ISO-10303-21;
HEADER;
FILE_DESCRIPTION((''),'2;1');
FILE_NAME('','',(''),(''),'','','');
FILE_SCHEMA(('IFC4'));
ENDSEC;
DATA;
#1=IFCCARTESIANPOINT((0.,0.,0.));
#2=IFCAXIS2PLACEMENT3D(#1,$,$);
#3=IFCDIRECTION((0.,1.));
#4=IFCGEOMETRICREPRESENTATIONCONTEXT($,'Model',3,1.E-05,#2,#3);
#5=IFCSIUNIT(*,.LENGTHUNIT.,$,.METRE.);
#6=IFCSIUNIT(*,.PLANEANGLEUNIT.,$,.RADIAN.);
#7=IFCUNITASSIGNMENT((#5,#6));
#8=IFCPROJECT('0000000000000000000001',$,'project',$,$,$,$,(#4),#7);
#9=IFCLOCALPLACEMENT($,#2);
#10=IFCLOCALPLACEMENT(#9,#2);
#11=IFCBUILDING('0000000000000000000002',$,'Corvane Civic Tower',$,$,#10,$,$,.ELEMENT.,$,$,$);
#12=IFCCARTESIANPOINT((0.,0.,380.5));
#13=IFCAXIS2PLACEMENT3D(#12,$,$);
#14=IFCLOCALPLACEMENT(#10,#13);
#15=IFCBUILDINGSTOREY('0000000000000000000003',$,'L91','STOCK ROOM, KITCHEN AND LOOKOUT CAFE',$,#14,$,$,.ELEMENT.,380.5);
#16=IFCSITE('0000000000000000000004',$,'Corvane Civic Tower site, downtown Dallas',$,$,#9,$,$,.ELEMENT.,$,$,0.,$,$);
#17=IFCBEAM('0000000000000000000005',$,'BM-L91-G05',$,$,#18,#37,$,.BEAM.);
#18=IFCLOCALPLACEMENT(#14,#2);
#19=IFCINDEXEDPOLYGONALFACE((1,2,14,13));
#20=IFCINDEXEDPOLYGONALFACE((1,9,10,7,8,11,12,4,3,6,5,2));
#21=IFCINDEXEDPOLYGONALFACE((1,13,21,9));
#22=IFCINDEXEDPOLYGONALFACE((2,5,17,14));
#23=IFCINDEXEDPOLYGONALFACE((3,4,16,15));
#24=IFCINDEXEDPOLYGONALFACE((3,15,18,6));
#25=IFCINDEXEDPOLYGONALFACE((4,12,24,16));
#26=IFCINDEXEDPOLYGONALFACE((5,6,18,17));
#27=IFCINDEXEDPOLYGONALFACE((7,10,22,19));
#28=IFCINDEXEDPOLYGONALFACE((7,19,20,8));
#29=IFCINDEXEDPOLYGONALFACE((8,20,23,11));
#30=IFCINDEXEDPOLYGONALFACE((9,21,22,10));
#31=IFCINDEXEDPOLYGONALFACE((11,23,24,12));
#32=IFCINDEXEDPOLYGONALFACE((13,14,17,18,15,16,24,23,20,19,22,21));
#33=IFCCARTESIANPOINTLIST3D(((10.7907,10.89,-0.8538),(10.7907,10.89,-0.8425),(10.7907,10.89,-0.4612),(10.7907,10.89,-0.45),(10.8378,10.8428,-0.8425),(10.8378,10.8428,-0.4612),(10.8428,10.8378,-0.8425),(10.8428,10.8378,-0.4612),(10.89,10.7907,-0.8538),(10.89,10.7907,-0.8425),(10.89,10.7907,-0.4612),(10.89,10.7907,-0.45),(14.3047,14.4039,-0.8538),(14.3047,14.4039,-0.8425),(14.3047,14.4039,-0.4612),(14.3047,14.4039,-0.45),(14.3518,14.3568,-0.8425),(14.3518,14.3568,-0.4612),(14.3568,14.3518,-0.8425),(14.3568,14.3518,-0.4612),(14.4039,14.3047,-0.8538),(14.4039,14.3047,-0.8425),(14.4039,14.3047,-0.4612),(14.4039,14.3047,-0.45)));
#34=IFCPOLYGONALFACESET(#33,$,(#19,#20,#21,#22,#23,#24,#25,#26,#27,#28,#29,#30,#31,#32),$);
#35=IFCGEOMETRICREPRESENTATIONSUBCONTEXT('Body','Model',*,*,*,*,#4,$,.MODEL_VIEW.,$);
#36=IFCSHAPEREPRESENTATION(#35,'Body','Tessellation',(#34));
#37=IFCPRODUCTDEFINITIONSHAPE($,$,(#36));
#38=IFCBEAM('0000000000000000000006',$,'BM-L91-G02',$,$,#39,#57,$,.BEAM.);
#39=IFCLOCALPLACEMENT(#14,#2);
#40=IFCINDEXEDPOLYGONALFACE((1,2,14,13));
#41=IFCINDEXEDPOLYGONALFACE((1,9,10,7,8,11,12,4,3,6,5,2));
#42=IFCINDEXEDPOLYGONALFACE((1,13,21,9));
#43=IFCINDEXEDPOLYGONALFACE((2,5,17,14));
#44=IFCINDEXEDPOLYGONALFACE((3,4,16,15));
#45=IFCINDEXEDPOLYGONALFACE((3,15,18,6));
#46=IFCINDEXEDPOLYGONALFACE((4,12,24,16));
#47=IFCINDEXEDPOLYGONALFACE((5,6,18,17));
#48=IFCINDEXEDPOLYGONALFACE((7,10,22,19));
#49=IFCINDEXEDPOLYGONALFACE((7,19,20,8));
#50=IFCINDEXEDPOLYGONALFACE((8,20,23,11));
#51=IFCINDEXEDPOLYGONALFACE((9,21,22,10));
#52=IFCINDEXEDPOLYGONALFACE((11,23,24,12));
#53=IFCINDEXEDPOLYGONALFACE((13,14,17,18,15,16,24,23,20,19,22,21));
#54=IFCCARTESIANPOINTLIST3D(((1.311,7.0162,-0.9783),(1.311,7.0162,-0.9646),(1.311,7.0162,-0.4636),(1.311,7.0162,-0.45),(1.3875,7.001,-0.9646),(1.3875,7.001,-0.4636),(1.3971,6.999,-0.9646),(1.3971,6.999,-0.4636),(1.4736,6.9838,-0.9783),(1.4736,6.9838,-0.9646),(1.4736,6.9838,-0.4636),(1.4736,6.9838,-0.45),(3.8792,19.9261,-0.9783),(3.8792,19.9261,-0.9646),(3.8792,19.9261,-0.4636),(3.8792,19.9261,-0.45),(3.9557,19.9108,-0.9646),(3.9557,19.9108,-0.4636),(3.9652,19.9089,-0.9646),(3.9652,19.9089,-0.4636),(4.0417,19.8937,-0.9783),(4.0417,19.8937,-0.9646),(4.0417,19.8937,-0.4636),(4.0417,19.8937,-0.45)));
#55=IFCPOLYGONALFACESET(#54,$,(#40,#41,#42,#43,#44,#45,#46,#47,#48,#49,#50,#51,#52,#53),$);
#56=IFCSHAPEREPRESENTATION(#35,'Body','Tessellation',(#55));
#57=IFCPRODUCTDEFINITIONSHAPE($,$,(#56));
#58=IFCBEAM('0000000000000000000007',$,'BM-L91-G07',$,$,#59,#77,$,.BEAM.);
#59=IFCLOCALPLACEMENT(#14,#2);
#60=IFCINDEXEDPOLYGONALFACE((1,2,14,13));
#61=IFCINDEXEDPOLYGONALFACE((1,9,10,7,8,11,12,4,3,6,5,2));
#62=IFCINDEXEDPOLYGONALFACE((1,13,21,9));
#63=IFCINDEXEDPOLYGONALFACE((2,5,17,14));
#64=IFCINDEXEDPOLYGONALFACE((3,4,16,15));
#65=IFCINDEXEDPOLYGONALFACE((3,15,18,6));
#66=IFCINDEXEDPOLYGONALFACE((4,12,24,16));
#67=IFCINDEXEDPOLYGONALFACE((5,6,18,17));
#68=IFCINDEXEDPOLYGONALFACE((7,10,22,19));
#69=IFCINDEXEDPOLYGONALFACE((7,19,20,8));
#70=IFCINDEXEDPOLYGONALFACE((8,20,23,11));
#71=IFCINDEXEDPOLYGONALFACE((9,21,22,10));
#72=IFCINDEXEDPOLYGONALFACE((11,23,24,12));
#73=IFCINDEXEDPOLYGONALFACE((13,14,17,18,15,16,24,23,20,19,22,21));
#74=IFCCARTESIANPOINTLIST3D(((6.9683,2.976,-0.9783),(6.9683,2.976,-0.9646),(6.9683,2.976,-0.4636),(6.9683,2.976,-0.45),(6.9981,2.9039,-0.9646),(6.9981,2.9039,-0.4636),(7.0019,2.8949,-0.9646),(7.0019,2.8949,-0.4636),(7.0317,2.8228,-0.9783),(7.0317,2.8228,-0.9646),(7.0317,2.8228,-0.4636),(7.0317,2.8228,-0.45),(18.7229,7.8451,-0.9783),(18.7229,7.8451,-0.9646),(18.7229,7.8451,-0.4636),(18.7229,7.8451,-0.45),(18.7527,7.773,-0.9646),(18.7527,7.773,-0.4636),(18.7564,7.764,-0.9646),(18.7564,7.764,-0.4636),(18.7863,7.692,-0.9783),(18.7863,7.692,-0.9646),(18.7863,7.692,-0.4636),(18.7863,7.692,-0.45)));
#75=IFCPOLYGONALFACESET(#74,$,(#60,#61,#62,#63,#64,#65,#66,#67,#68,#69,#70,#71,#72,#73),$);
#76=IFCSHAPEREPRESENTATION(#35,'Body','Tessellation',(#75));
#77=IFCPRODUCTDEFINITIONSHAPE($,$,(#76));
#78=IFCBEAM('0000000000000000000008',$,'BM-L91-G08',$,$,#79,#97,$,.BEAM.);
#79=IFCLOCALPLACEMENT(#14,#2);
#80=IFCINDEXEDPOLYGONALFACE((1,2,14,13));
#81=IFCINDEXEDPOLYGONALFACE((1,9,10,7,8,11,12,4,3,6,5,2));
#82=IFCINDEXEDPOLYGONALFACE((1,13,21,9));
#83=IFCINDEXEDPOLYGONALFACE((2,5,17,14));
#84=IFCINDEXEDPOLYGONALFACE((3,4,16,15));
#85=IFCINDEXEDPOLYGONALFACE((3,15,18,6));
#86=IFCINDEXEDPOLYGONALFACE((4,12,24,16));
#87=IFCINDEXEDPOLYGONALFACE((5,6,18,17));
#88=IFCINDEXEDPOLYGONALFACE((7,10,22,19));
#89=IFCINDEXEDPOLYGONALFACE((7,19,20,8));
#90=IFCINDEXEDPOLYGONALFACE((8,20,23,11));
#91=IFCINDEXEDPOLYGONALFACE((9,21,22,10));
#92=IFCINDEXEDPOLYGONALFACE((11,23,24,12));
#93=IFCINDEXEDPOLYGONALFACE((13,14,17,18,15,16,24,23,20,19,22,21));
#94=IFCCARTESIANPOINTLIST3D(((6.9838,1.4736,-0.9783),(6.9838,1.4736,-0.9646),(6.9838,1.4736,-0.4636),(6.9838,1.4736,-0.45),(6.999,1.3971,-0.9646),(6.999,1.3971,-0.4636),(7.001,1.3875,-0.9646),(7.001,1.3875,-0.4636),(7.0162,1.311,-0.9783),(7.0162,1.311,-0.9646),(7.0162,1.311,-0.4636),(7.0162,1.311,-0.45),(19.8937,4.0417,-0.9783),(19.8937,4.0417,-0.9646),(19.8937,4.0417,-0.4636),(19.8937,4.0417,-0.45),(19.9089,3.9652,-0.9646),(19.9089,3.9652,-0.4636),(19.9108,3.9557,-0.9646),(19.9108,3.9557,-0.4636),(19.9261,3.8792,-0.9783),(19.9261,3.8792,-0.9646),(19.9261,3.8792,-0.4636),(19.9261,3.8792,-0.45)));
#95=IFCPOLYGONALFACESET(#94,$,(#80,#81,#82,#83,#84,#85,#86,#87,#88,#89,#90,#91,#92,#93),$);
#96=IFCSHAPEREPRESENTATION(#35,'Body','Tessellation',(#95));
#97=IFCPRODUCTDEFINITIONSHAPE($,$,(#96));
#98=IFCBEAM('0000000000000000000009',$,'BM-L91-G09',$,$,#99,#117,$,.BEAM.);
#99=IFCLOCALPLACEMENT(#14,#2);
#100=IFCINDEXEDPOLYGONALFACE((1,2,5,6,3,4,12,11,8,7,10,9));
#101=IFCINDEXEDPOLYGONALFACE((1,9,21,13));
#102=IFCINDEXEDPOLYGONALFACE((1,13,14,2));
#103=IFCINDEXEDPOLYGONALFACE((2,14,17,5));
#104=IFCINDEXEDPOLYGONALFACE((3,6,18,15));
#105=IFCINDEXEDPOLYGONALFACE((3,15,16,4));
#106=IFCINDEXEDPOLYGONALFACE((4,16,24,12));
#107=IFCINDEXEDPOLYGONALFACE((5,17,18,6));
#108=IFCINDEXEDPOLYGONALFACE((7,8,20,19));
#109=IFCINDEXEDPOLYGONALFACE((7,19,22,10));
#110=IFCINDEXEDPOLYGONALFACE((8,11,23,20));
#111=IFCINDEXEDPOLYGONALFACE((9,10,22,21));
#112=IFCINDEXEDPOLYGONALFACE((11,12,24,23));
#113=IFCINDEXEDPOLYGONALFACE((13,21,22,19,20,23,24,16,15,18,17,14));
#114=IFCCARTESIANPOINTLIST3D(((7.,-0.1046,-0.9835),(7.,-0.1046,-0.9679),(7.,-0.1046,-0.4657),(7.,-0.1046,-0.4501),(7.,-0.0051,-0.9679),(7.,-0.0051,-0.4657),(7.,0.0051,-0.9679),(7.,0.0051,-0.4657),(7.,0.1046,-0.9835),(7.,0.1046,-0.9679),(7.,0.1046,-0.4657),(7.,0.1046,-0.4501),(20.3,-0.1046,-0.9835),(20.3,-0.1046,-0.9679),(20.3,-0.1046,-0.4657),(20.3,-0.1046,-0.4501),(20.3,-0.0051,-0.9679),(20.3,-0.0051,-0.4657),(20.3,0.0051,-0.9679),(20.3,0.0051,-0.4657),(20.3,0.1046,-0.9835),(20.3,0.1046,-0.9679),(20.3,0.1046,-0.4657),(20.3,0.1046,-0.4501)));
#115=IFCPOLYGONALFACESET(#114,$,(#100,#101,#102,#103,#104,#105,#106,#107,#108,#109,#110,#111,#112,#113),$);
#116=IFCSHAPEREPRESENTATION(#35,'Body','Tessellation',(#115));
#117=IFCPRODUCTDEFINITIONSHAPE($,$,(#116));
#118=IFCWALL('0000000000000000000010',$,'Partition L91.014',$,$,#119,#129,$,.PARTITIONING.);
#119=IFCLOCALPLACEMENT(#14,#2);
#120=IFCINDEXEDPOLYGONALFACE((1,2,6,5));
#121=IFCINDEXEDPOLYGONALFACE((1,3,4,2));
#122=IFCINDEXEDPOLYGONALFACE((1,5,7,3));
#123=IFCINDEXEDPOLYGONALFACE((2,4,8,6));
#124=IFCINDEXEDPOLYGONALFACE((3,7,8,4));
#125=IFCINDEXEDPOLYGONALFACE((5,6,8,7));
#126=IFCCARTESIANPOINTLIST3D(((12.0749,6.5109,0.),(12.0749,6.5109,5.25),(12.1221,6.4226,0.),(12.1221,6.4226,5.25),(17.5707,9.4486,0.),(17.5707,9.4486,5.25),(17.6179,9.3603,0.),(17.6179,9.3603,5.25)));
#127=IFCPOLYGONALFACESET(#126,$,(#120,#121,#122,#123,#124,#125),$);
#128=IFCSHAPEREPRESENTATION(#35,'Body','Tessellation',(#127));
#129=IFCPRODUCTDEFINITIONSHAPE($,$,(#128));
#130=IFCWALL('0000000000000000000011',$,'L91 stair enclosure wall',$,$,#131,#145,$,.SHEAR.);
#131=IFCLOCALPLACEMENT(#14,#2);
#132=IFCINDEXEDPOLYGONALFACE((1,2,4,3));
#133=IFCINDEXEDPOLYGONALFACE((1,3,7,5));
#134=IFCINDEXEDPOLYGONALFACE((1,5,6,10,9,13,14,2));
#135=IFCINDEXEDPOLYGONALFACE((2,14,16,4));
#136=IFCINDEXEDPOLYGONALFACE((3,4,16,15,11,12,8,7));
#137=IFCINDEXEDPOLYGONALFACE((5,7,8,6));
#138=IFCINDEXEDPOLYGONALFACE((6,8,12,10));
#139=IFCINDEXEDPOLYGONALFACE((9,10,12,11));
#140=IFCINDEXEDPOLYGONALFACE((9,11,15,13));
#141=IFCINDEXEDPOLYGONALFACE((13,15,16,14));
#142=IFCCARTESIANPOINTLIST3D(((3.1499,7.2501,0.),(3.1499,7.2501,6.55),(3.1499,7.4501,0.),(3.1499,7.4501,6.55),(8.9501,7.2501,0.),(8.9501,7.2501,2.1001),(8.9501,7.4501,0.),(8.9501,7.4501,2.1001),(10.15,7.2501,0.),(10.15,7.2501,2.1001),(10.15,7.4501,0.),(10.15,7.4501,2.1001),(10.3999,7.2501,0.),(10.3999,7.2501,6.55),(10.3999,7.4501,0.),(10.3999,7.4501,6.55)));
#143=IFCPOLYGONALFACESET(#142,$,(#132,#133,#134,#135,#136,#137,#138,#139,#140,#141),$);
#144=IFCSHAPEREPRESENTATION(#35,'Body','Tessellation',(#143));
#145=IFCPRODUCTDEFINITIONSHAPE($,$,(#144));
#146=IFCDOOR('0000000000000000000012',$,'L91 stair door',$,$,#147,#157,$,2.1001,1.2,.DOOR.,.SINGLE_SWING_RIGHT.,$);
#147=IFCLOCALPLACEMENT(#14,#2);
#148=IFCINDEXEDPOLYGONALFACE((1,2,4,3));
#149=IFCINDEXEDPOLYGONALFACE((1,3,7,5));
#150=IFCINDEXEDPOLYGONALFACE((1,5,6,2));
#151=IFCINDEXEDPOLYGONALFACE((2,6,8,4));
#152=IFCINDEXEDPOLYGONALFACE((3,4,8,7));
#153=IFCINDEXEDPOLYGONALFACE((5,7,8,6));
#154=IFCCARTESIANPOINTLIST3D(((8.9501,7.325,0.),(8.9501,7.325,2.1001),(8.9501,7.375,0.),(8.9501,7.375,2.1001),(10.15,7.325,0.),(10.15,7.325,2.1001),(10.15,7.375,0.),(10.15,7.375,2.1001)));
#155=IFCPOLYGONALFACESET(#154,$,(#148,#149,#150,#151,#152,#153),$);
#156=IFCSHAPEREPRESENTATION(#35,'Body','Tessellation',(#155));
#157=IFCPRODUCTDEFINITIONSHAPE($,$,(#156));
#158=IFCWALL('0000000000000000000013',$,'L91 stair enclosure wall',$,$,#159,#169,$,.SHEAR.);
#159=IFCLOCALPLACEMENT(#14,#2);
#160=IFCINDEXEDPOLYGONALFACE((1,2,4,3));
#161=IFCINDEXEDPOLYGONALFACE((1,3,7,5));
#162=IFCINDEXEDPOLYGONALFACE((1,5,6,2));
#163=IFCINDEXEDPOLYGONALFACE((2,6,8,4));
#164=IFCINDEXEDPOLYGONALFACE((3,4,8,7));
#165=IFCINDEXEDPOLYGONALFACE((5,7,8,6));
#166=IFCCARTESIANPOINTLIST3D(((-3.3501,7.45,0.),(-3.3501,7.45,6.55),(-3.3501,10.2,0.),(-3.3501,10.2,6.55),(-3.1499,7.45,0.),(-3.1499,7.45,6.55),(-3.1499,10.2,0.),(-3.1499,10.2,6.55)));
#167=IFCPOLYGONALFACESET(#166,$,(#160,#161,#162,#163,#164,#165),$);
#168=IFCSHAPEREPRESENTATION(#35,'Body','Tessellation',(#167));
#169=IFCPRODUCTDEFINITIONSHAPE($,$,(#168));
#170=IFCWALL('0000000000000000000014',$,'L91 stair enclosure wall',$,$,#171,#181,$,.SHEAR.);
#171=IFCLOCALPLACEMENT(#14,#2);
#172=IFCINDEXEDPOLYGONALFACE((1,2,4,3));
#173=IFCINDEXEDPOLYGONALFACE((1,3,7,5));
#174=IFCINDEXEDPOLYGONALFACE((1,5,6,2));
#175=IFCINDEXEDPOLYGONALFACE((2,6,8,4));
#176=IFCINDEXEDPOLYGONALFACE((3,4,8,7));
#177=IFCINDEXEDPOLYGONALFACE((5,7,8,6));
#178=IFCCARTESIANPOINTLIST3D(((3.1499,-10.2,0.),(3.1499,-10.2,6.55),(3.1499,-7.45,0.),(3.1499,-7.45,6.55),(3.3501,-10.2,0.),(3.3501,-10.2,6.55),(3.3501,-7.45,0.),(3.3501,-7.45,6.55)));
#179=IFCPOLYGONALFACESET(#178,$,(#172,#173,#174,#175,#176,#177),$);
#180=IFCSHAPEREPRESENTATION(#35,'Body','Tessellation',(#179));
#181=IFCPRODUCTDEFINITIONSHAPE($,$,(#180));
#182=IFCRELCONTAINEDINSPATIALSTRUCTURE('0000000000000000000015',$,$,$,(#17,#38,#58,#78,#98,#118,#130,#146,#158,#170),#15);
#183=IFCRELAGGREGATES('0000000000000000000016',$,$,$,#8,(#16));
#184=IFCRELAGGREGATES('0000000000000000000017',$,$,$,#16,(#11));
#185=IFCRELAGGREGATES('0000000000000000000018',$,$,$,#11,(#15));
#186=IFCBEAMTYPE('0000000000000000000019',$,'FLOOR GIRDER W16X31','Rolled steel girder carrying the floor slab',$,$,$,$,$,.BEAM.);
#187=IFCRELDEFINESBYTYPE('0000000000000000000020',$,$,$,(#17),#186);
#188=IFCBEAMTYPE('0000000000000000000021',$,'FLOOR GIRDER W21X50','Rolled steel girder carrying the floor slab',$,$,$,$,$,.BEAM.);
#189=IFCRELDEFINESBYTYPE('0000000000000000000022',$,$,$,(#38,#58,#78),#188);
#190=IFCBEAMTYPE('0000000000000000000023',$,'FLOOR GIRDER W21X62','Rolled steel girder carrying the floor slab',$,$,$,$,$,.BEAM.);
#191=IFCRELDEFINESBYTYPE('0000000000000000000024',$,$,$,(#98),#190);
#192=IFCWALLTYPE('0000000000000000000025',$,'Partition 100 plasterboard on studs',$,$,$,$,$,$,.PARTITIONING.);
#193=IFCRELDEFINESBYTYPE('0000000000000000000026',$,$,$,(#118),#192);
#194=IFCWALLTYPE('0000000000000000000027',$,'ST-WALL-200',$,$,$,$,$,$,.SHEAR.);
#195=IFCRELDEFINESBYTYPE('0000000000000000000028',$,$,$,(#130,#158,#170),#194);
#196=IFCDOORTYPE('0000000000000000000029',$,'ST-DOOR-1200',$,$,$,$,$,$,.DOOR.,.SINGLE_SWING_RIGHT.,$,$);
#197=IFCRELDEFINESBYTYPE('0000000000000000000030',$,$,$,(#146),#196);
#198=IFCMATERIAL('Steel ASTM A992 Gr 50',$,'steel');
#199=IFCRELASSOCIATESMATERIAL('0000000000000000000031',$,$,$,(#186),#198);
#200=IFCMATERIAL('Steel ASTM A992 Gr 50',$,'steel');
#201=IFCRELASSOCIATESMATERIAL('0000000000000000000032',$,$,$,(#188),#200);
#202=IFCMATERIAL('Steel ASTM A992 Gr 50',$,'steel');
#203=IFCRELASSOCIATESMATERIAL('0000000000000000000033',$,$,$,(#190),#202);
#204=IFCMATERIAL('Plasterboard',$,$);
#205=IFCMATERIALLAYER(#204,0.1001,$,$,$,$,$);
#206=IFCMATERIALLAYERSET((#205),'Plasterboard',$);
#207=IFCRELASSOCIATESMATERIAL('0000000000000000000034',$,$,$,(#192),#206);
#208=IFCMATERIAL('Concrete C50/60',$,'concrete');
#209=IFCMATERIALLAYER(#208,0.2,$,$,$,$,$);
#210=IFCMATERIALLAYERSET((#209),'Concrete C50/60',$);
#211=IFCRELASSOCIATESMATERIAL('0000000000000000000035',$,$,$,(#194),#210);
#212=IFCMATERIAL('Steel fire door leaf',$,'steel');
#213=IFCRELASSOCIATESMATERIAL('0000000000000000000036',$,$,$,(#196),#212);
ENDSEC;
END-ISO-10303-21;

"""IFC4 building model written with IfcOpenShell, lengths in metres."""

from ifc_helpers import new_model, si_unit, direction, frame, frame_2d, origin, origin_2d, place, context, subcontext, project, spatial, polyline, rectangle, i_section, outline, extrude, material, layer, layer_set, material_profile, profile_set, type_object, element, fill, save


model = new_model("IFC4")

# Units and contexts
model_context = context("Model", 3, precision=1e-05, world=origin(), true_north=direction((0.0, 1.0)))
body_context = subcontext(model_context, "Body", "Model", "MODEL_VIEW")
ifc_project = project(units=[si_unit("LENGTHUNIT", "METRE"), si_unit("PLANEANGLEUNIT", "RADIAN")], contexts=[model_context])

# Site, building, storey
site_placement = place(None, origin())
site = spatial("IfcSite", under=ifc_project, at=site_placement, Name="Corvane Civic Tower site, downtown Dallas", CompositionType="ELEMENT", RefElevation=0.0)
building_placement = place(site_placement, origin())
building = spatial("IfcBuilding", under=site, at=building_placement, Name="Corvane Civic Tower", CompositionType="ELEMENT")
storey_placement = place(building_placement, frame((0.0, 0.0, 380.5)))
storey = spatial("IfcBuildingStorey", under=building, at=storey_placement, Name="L91", Description="STOCK ROOM, KITCHEN AND LOOKOUT CAFE", CompositionType="ELEMENT", Elevation=380.5)

# Beams
ifc_material_1 = material(Name="Steel ASTM A992 Gr 50", Category="steel")
ifc_material_profile_1 = material_profile(ifc_material_1, i_section(OverallWidth=0.1404, OverallDepth=0.4038, WebThickness=0.0071, FlangeThickness=0.0112, at=origin_2d()), Name="W16X31")
ifc_profile_set_1 = profile_set([ifc_material_profile_1], Name="Steel ASTM A992 Gr 50")
beam_type_1 = type_object("IfcBeamType", Name="FLOOR GIRDER W16X31", Description="Rolled steel girder carrying the floor slab", PredefinedType="BEAM", material=ifc_profile_set_1)
beam_1_placement = place(storey_placement, frame((10.8403, 10.8403, -0.6519), z_axis=(0.707107, 0.707107, 0.0), x_axis=(-0.707107, 0.707107, 0.0)))
element("IfcBeam", 1, at=beam_1_placement, inside=storey, type_object=beam_type_1, Name="BM-L91-G05", PredefinedType="BEAM", context=body_context, shape_type="SweptSolid", body=[
    extrude(i_section(OverallWidth=0.1404, OverallDepth=0.4038, WebThickness=0.0071, FlangeThickness=0.0112, at=origin_2d()), origin(), (0.0, 0.0, 1.0), 4.9695),
])
ifc_material_2 = material(Name="Steel ASTM A992 Gr 50", Category="steel")
ifc_material_profile_2 = material_profile(ifc_material_2, i_section(OverallWidth=0.1658, OverallDepth=0.5283, WebThickness=0.0098, FlangeThickness=0.0137, at=origin_2d()), Name="W21X50")
ifc_profile_set_2 = profile_set([ifc_material_profile_2], Name="Steel ASTM A992 Gr 50")
beam_type_2 = type_object("IfcBeamType", Name="FLOOR GIRDER W21X50", Description="Rolled steel girder carrying the floor slab", PredefinedType="BEAM", material=ifc_profile_set_2)
beam_2_placement = place(storey_placement, frame((1.3923, 7.0, -0.7141), z_axis=(0.195103, 0.980783, 0.0), x_axis=(-0.980783, 0.195103, 0.0)))
element("IfcBeam", 2, at=beam_2_placement, inside=storey, type_object=beam_type_2, Name="BM-L91-G02", PredefinedType="BEAM", context=body_context, shape_type="SweptSolid", body=[
    extrude(i_section(OverallWidth=0.1658, OverallDepth=0.5283, WebThickness=0.0098, FlangeThickness=0.0137, at=origin_2d()), origin(), (0.0, 0.0, 1.0), 13.1628),
])
beam_3_placement = place(storey_placement, frame((7.0, 2.8994, -0.7141), z_axis=(0.923874, 0.382698, 0.0), x_axis=(-0.382698, 0.923874, 0.0)))
element("IfcBeam", 3, at=beam_3_placement, inside=storey, type_object=beam_type_2, Name="BM-L91-G07", PredefinedType="BEAM", context=body_context, shape_type="SweptSolid", body=[
    extrude(i_section(OverallWidth=0.1658, OverallDepth=0.5283, WebThickness=0.0098, FlangeThickness=0.0137, at=origin_2d()), origin(), (0.0, 0.0, 1.0), 12.7231),
])
beam_4_placement = place(storey_placement, frame((7.0, 1.3923, -0.7141), z_axis=(0.980783, 0.195103, 0.0), x_axis=(-0.195103, 0.980783, 0.0)))
element("IfcBeam", 4, at=beam_4_placement, inside=storey, type_object=beam_type_2, Name="BM-L91-G08", PredefinedType="BEAM", context=body_context, shape_type="SweptSolid", body=[
    extrude(i_section(OverallWidth=0.1658, OverallDepth=0.5283, WebThickness=0.0098, FlangeThickness=0.0137, at=origin_2d()), origin(), (0.0, 0.0, 1.0), 13.1628),
])
ifc_material_3 = material(Name="Steel ASTM A992 Gr 50", Category="steel")
ifc_material_profile_3 = material_profile(ifc_material_3, i_section(OverallWidth=0.2092, OverallDepth=0.5334, WebThickness=0.0103, FlangeThickness=0.0156, at=origin_2d()), Name="W21X62")
ifc_profile_set_3 = profile_set([ifc_material_profile_3], Name="Steel ASTM A992 Gr 50")
beam_type_3 = type_object("IfcBeamType", Name="FLOOR GIRDER W21X62", Description="Rolled steel girder carrying the floor slab", PredefinedType="BEAM", material=ifc_profile_set_3)
beam_5_placement = place(storey_placement, frame((7.0, 0.0, -0.7168), z_axis=(1.0, 0.0, 0.0), x_axis=(0.0, 1.0, 0.0)))
element("IfcBeam", 5, at=beam_5_placement, inside=storey, type_object=beam_type_3, Name="BM-L91-G09", PredefinedType="BEAM", context=body_context, shape_type="SweptSolid", body=[
    extrude(i_section(OverallWidth=0.2092, OverallDepth=0.5334, WebThickness=0.0103, FlangeThickness=0.0156, at=origin_2d()), origin(), (0.0, 0.0, 1.0), 13.3),
])

# Wall
ifc_material_4 = material(Name="Plasterboard")
ifc_layer_1 = layer(ifc_material_4, 0.1001)
ifc_layer_set_1 = layer_set([ifc_layer_1], Name="Plasterboard")
wall_type_1 = type_object("IfcWallType", Name="Partition 100 plasterboard on studs", PredefinedType="PARTITIONING", material=ifc_layer_set_1)
wall_1_placement = place(storey_placement, frame((12.0986, 6.4668, 0.0), z_axis=(0.0, 0.0, 1.0), x_axis=(0.881911, 0.471416, 0.0)))
element("IfcWall", 6, at=wall_1_placement, inside=storey, type_object=wall_type_1, Name="Partition L91.014", PredefinedType="PARTITIONING", context=body_context, shape_type="SweptSolid", body=[
    extrude(rectangle(XDim=6.2317, YDim=0.1001, at=frame_2d((3.1157, 0.0))), origin(), (0.0, 0.0, 1.0), 5.25),
])

# Wall, opening, door
ifc_material_5 = material(Name="Concrete C50/60", Category="concrete")
ifc_layer_2 = layer(ifc_material_5, 0.2)
ifc_layer_set_2 = layer_set([ifc_layer_2], Name="Concrete C50/60")
wall_type_2 = type_object("IfcWallType", Name="ST-WALL-200", PredefinedType="SHEAR", material=ifc_layer_set_2)
wall_2_placement = place(storey_placement, frame((3.1499, 7.3501, 0.0), z_axis=(0.0, 0.0, 1.0), x_axis=(1.0, 0.0, 0.0)))
wall_2 = element("IfcWall", 7, at=wall_2_placement, inside=storey, type_object=wall_type_2, Name="L91 stair enclosure wall", PredefinedType="SHEAR", context=body_context, shape_type="SweptSolid", body=[
    extrude(rectangle(XDim=7.25, YDim=0.2, at=frame_2d((3.625, 0.0))), origin(), (0.0, 0.0, 1.0), 6.55),
])
opening_placement = place(wall_2_placement, frame((5.8, 0.0, 0.0)))
opening = element("IfcOpeningElement", 8, at=opening_placement, cuts=wall_2, PredefinedType="OPENING", context=body_context, shape_type="SweptSolid", body=[
    extrude(rectangle(XDim=1.2, YDim=2.1001, at=frame_2d((0.6001, 1.05))), frame((0.0, 0.1099, 0.0), z_axis=(0.0, -1.0, 0.0), x_axis=(1.0, 0.0, 0.0)), (0.0, 0.0, 1.0), 0.22),
])
ifc_material_6 = material(Name="Steel fire door leaf", Category="steel")
door_type = type_object("IfcDoorType", Name="ST-DOOR-1200", OperationType="SINGLE_SWING_RIGHT", PredefinedType="DOOR", material=ifc_material_6)
door_placement = place(opening_placement, origin())
door = element("IfcDoor", 9, at=door_placement, inside=storey, type_object=door_type, Name="L91 stair door", OperationType="SINGLE_SWING_RIGHT", OverallHeight=2.1001, OverallWidth=1.2, PredefinedType="DOOR", context=body_context, shape_type="SweptSolid", body=[
    extrude(rectangle(XDim=1.2, YDim=2.1001, at=frame_2d((0.6001, 1.05))), frame((0.0, 0.0249, 0.0), z_axis=(0.0, -1.0, 0.0), x_axis=(1.0, 0.0, 0.0)), (0.0, 0.0, 1.0), 0.05),
])
fill(opening, door)

# Walls
wall_3_placement = place(storey_placement, origin())
element("IfcWall", 10, at=wall_3_placement, inside=storey, type_object=wall_type_2, Name="L91 stair enclosure wall", PredefinedType="SHEAR", context=body_context, shape_type="SweptSolid", body=[
    extrude(outline(polyline([(-3.1499, 7.45), (-3.3501, 7.45), (-3.3501, 10.2), (-3.1499, 10.2), (-3.1499, 7.45)])), origin(), (0.0, 0.0, 1.0), 6.55),
])
wall_4_placement = place(storey_placement, origin())
element("IfcWall", 11, at=wall_4_placement, inside=storey, type_object=wall_type_2, Name="L91 stair enclosure wall", PredefinedType="SHEAR", context=body_context, shape_type="SweptSolid", body=[
    extrude(outline(polyline([(3.3501, -7.45), (3.3501, -10.2), (3.1499, -10.2), (3.1499, -7.45), (3.3501, -7.45)])), origin(), (0.0, 0.0, 1.0), 6.55),
])

save(model, "model.ifc")
